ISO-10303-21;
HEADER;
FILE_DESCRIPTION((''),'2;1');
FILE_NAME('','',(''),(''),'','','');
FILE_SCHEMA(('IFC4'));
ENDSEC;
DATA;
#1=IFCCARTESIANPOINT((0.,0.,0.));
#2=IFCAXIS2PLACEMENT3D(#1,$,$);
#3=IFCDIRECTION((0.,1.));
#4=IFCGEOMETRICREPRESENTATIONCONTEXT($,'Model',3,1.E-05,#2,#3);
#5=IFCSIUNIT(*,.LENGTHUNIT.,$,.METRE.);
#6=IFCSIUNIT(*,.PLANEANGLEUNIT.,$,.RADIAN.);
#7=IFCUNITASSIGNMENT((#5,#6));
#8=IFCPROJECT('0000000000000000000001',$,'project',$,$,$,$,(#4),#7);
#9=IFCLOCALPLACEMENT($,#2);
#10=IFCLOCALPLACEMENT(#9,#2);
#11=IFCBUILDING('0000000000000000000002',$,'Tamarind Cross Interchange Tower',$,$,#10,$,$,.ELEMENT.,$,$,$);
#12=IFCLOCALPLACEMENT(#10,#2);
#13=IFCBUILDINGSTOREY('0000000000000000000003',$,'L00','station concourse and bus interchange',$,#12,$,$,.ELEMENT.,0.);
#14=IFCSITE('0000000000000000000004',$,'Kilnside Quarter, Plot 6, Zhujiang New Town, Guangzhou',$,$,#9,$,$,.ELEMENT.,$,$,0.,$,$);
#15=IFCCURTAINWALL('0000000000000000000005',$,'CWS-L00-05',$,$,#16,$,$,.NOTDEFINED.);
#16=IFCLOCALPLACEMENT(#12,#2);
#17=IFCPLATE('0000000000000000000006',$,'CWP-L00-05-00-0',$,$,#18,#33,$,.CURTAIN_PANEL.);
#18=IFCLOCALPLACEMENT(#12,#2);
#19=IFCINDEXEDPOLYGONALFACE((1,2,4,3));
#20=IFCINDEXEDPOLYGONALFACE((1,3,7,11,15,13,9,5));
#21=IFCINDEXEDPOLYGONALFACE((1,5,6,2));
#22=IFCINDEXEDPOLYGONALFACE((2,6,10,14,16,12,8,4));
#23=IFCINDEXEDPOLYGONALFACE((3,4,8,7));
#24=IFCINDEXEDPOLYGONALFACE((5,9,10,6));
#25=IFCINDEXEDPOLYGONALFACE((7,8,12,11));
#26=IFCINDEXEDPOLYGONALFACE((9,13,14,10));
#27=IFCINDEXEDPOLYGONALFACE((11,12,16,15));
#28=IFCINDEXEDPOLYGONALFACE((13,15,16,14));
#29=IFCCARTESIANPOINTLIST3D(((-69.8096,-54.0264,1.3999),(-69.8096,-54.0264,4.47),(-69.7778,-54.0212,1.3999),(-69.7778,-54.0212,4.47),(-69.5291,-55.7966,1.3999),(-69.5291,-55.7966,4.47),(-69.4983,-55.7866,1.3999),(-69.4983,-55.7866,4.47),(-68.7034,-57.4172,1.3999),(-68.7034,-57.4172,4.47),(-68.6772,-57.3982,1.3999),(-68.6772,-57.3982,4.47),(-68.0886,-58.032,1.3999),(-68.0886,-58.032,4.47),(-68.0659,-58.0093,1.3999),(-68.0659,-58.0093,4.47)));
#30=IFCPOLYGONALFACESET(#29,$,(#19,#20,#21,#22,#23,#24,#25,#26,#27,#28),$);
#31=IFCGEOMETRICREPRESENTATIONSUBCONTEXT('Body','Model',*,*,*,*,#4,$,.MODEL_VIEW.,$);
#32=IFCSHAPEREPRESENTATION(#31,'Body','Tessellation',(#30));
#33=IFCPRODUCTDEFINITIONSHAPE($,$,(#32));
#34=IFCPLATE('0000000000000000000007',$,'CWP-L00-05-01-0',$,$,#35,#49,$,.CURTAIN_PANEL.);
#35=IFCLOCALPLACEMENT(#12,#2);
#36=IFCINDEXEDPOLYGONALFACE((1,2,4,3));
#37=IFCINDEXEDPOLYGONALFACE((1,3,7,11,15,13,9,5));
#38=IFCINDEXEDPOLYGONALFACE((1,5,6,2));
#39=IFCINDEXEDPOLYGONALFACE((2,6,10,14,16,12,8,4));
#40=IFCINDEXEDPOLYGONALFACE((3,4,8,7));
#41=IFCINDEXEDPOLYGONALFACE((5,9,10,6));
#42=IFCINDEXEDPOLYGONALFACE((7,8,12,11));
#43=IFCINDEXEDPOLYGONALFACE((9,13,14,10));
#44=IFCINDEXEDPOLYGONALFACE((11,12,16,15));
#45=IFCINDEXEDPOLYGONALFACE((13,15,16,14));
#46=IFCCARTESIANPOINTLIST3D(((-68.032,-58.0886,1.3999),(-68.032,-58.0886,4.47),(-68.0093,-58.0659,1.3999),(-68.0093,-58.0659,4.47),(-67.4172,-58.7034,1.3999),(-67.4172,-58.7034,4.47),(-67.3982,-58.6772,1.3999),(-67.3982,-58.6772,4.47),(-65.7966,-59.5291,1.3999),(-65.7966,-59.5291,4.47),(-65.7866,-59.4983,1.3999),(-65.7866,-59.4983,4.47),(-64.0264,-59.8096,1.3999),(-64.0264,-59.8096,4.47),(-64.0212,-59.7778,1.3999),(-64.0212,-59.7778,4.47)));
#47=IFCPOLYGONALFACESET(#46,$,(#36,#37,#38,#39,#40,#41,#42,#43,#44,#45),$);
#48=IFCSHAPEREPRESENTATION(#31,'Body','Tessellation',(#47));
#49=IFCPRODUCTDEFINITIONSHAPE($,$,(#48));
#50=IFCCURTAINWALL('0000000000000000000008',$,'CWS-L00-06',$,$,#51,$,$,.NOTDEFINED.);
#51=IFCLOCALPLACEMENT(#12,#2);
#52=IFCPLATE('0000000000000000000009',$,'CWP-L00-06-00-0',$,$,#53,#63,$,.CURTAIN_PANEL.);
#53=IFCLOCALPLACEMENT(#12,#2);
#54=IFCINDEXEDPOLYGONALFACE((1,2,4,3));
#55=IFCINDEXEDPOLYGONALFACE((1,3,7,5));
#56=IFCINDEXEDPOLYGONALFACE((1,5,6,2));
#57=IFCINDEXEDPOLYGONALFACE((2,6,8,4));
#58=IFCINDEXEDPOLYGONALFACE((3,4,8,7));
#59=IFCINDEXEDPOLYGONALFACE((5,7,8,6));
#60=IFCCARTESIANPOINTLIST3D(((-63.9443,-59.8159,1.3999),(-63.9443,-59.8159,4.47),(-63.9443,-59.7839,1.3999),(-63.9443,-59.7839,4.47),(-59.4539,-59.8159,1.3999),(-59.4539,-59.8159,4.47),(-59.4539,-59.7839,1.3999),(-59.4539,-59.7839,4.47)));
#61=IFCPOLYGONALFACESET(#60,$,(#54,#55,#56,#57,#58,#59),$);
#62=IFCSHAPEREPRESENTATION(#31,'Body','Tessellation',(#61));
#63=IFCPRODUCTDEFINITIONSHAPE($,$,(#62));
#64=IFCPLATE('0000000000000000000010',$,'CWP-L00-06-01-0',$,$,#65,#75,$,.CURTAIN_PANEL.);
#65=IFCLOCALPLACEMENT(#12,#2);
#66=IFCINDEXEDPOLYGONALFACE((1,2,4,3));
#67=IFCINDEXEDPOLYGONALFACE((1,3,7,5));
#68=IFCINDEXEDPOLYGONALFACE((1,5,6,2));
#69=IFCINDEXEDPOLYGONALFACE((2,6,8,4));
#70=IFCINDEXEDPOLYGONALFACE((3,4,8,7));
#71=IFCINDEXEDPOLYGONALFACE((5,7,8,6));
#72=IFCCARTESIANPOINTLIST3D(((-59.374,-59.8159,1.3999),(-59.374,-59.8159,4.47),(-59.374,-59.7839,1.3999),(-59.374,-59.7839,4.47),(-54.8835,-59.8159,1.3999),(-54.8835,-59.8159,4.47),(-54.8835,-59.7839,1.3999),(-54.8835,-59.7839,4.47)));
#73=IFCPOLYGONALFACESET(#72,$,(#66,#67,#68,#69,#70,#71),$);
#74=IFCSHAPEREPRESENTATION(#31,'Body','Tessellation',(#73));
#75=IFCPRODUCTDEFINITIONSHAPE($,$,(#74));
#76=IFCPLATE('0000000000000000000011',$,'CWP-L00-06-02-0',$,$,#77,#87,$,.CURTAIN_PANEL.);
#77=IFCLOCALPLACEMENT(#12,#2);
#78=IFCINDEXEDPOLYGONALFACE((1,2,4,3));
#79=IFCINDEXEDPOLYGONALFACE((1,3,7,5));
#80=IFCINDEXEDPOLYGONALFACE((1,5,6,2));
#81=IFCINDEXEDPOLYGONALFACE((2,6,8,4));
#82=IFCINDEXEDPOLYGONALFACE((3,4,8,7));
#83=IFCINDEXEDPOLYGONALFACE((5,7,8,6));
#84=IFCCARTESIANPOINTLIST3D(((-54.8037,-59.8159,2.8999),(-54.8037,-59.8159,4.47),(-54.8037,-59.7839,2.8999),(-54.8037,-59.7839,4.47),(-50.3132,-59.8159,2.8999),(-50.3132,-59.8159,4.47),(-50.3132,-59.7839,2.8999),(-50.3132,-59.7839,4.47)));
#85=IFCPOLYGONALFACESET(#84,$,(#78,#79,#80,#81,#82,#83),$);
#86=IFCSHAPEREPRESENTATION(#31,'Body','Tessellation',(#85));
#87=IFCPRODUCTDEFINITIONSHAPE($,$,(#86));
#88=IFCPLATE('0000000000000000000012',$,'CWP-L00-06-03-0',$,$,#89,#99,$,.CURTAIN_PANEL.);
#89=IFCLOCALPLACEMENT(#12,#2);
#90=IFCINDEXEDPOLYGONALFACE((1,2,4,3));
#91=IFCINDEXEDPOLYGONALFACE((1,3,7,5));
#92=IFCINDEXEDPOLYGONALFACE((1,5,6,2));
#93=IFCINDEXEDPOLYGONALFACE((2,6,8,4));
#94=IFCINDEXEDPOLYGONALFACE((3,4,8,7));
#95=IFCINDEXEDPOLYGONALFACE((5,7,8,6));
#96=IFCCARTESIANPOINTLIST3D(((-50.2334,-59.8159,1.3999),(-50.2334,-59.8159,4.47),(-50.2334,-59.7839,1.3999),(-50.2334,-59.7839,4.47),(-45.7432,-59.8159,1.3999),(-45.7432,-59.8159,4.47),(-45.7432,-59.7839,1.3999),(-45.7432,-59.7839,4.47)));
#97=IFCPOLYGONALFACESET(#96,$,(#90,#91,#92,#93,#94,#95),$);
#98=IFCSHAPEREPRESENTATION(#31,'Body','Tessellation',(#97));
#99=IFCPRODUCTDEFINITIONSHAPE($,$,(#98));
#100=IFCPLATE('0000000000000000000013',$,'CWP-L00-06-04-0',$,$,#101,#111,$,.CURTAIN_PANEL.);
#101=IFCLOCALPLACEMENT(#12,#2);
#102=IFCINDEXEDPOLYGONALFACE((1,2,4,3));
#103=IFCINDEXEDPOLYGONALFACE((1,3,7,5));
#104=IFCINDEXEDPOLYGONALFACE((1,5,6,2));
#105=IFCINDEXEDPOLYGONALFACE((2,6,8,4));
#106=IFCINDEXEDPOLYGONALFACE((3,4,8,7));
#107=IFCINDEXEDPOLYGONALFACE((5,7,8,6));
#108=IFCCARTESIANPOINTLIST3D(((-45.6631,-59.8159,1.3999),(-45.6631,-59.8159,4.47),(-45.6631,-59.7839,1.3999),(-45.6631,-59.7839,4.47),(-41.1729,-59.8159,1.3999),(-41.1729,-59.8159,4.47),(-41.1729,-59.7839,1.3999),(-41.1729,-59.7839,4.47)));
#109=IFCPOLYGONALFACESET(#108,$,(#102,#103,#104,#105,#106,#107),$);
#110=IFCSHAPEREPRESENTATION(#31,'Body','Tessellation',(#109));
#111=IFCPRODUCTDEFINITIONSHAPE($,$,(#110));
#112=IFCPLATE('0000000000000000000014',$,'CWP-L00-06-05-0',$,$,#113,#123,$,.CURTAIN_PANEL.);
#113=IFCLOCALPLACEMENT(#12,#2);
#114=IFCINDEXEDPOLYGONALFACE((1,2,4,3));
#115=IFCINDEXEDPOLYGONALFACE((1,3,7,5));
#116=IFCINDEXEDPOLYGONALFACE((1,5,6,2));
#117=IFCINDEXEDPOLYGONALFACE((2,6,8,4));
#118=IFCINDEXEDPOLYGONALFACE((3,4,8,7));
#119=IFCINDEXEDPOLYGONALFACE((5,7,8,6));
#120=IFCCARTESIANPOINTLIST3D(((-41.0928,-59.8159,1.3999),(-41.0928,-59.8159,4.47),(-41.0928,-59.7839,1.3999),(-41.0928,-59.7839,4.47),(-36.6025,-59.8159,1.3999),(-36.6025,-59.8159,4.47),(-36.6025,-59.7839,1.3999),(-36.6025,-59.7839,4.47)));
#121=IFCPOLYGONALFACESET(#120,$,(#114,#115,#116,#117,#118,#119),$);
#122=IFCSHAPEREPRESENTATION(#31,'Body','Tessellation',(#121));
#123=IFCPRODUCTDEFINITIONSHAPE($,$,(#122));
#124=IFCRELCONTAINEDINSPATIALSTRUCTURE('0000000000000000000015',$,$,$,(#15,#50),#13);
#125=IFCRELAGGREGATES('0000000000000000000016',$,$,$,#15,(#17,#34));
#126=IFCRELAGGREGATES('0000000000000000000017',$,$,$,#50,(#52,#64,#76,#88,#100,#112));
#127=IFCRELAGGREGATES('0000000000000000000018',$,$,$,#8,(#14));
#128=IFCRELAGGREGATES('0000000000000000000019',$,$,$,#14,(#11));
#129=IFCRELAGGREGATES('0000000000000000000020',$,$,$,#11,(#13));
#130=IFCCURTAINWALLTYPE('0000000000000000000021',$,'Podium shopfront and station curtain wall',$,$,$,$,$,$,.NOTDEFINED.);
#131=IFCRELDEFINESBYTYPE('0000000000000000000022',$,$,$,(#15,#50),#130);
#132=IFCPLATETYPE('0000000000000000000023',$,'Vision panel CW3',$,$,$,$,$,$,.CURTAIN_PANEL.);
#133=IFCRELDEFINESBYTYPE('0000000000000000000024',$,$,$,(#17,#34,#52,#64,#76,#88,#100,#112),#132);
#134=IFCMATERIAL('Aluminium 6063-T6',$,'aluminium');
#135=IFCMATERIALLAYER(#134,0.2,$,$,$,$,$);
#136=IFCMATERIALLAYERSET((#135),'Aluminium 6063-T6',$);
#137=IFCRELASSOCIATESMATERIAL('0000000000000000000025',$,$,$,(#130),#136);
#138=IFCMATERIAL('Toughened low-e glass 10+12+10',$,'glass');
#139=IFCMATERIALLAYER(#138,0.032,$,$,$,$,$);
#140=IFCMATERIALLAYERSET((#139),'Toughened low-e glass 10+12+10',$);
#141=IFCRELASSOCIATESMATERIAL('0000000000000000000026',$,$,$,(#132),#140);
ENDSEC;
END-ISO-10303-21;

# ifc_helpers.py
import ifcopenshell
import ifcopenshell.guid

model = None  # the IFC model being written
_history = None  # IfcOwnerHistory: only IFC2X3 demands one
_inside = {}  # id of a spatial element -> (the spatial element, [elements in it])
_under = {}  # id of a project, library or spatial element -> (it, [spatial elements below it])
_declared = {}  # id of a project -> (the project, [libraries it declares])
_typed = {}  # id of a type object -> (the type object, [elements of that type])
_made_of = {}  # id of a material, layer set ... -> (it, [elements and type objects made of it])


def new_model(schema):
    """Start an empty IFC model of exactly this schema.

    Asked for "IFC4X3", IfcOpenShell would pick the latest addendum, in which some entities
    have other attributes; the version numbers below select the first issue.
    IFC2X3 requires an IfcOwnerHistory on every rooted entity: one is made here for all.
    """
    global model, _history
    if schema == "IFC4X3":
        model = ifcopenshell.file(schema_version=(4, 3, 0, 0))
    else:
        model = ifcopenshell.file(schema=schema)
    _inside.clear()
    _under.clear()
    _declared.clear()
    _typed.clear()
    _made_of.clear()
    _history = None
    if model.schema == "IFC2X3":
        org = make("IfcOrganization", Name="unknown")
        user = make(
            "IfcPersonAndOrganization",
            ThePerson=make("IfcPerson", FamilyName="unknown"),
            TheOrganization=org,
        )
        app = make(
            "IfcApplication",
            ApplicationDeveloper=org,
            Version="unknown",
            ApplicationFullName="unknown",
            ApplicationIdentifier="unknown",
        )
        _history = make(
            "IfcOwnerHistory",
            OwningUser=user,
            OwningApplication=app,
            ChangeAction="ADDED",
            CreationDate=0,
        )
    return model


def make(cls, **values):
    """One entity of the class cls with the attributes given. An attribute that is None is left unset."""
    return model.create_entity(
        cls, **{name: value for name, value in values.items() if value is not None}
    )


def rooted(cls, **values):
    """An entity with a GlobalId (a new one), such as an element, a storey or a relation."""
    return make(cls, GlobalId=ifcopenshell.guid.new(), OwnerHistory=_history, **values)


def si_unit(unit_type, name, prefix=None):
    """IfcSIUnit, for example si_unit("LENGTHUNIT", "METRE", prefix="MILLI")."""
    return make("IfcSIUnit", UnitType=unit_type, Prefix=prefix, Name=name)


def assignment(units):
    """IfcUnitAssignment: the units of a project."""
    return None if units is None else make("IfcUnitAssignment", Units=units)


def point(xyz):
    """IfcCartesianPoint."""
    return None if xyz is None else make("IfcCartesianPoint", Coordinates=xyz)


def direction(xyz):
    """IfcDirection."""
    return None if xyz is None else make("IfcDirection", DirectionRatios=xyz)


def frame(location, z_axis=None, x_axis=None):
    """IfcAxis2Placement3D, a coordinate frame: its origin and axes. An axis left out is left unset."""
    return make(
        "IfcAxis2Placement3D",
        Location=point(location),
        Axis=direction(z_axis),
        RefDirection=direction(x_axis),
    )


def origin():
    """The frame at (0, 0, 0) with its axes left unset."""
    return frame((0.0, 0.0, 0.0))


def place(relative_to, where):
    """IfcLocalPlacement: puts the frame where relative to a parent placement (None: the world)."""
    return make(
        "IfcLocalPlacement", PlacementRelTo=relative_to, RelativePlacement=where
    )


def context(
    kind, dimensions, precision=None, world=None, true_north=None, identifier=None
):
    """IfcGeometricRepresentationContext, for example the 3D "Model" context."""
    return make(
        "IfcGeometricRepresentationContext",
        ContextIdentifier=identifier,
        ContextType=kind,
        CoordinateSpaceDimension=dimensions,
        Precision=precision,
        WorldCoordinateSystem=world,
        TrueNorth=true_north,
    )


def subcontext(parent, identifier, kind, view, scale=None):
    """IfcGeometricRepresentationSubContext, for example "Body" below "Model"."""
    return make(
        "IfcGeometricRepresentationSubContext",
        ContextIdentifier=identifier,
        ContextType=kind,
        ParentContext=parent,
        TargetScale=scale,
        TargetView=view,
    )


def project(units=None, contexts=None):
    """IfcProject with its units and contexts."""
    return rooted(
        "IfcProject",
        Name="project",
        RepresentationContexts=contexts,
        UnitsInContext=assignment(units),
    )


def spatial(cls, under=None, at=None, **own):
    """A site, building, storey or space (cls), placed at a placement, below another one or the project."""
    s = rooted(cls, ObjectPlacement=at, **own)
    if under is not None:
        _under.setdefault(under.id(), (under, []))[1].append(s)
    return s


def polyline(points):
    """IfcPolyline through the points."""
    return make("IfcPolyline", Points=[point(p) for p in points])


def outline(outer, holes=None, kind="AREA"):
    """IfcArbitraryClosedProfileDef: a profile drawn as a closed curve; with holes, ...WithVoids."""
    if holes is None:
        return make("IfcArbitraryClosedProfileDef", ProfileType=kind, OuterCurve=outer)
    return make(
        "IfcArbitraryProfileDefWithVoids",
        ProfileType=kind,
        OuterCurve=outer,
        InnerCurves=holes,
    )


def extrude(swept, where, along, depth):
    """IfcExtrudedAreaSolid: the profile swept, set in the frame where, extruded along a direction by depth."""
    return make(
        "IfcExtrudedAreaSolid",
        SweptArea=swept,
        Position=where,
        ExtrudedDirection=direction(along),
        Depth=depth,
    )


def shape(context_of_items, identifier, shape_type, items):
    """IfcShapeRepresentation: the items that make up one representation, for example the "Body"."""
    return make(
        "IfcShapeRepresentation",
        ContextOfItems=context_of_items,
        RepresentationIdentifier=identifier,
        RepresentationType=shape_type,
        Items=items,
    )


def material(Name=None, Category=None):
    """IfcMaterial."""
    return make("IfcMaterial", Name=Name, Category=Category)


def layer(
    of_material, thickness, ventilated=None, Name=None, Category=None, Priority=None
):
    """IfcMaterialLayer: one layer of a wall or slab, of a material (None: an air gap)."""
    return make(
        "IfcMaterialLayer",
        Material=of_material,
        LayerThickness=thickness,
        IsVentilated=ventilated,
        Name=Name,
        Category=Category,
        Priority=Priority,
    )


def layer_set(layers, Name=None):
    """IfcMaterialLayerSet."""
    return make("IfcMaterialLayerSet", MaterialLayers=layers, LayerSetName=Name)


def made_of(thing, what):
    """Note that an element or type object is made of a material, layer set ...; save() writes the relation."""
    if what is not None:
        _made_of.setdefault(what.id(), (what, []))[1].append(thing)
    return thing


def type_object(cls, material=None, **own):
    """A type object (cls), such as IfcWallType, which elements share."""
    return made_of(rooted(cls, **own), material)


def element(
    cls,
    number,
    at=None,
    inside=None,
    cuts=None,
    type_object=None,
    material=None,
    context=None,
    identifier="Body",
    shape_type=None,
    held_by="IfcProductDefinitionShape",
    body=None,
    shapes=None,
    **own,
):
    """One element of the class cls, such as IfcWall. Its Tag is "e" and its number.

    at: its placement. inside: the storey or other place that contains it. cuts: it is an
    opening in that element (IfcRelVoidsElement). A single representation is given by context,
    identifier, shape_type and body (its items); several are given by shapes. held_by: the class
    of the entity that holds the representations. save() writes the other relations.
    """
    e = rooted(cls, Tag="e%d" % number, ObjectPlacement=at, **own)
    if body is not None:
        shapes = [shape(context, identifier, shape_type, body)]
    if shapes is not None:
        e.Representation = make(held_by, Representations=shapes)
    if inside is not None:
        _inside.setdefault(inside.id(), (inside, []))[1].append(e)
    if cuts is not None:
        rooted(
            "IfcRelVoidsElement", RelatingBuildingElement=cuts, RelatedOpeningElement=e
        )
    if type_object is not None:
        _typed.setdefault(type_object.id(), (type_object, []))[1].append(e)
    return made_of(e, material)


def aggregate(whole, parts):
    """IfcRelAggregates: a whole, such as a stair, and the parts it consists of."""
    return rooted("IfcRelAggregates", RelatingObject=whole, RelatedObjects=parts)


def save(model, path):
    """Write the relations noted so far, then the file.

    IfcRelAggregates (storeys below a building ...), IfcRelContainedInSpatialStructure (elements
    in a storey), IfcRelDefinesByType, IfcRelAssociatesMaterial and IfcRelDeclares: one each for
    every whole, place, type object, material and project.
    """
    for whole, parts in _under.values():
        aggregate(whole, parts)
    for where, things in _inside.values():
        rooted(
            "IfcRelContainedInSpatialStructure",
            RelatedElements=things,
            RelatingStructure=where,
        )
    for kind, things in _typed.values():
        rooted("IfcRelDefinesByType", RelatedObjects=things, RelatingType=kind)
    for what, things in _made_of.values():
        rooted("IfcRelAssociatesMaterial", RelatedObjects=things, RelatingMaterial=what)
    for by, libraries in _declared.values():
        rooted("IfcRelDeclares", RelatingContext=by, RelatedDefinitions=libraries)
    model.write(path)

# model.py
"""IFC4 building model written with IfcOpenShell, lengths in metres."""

from ifc_helpers import new_model, si_unit, direction, frame, origin, place, context, subcontext, project, spatial, polyline, outline, extrude, material, layer, layer_set, type_object, element, aggregate, save


model = new_model("IFC4")

# Units and contexts
model_context = context("Model", 3, precision=1e-05, world=origin(), true_north=direction((0.0, 1.0)))
body_context = subcontext(model_context, "Body", "Model", "MODEL_VIEW")
ifc_project = project(units=[si_unit("LENGTHUNIT", "METRE"), si_unit("PLANEANGLEUNIT", "RADIAN")], contexts=[model_context])

# Site, building, storey
site_placement = place(None, origin())
site = spatial("IfcSite", under=ifc_project, at=site_placement, Name="Kilnside Quarter, Plot 6, Zhujiang New Town, Guangzhou", CompositionType="ELEMENT", RefElevation=0.0)
building_placement = place(site_placement, origin())
building = spatial("IfcBuilding", under=site, at=building_placement, Name="Tamarind Cross Interchange Tower", CompositionType="ELEMENT")
storey_placement = place(building_placement, origin())
storey = spatial("IfcBuildingStorey", under=building, at=storey_placement, Name="L00", Description="station concourse and bus interchange", CompositionType="ELEMENT", Elevation=0.0)

# Shared definitions
ifc_material_1 = material(Name="Aluminium 6063-T6", Category="aluminium")
ifc_layer_1 = layer(ifc_material_1, 0.2)
ifc_layer_set_1 = layer_set([ifc_layer_1], Name="Aluminium 6063-T6")
curtain_wall_type = type_object("IfcCurtainWallType", Name="Podium shopfront and station curtain wall", PredefinedType="NOTDEFINED", material=ifc_layer_set_1)

# Curtain wall
curtain_wall_1_placement = place(storey_placement, origin())
curtain_wall_1 = element("IfcCurtainWall", 1, at=curtain_wall_1_placement, inside=storey, type_object=curtain_wall_type, Name="CWS-L00-05", PredefinedType="NOTDEFINED")

# Plates
ifc_material_2 = material(Name="Toughened low-e glass 10+12+10", Category="glass")
ifc_layer_2 = layer(ifc_material_2, 0.032)
ifc_layer_set_2 = layer_set([ifc_layer_2], Name="Toughened low-e glass 10+12+10")
plate_type = type_object("IfcPlateType", Name="Vision panel CW3", PredefinedType="CURTAIN_PANEL", material=ifc_layer_set_2)
plate_1_placement = place(storey_placement, frame((0.0, 0.0, 1.3999)))
plate_1 = element("IfcPlate", 2, at=plate_1_placement, type_object=plate_type, Name="CWP-L00-05-00-0", PredefinedType="CURTAIN_PANEL", context=body_context, shape_type="SweptSolid", body=[
    extrude(outline(polyline([(-69.7778, -54.0212), (-69.4983, -55.7866), (-68.6772, -57.3982), (-68.0659, -58.0093), (-68.0886, -58.032), (-68.7034, -57.4172), (-69.5291, -55.7966), (-69.8096, -54.0264), (-69.7778, -54.0212)])), origin(), (0.0, 0.0, 1.0), 3.0701),
])
plate_2_placement = place(storey_placement, frame((0.0, 0.0, 1.3999)))
plate_2 = element("IfcPlate", 3, at=plate_2_placement, type_object=plate_type, Name="CWP-L00-05-01-0", PredefinedType="CURTAIN_PANEL", context=body_context, shape_type="SweptSolid", body=[
    extrude(outline(polyline([(-68.0093, -58.0659), (-67.3982, -58.6772), (-65.7866, -59.4983), (-64.0212, -59.7778), (-64.0264, -59.8096), (-65.7966, -59.5291), (-67.4172, -58.7034), (-68.032, -58.0886), (-68.0093, -58.0659)])), origin(), (0.0, 0.0, 1.0), 3.0701),
])
aggregate(curtain_wall_1, [plate_1, plate_2])

# Curtain wall, plates
curtain_wall_2_placement = place(storey_placement, origin())
curtain_wall_2 = element("IfcCurtainWall", 4, at=curtain_wall_2_placement, inside=storey, type_object=curtain_wall_type, Name="CWS-L00-06", PredefinedType="NOTDEFINED")
plate_3_placement = place(storey_placement, frame((0.0, 0.0, 1.3999)))
plate_3 = element("IfcPlate", 5, at=plate_3_placement, type_object=plate_type, Name="CWP-L00-06-00-0", PredefinedType="CURTAIN_PANEL", context=body_context, shape_type="SweptSolid", body=[
    extrude(outline(polyline([(-63.9443, -59.7839), (-59.4539, -59.7839), (-59.4539, -59.8159), (-63.9443, -59.8159), (-63.9443, -59.7839)])), origin(), (0.0, 0.0, 1.0), 3.0701),
])
plate_4_placement = place(storey_placement, frame((0.0, 0.0, 1.3999)))
plate_4 = element("IfcPlate", 6, at=plate_4_placement, type_object=plate_type, Name="CWP-L00-06-01-0", PredefinedType="CURTAIN_PANEL", context=body_context, shape_type="SweptSolid", body=[
    extrude(outline(polyline([(-59.374, -59.7839), (-54.8835, -59.7839), (-54.8835, -59.8159), (-59.374, -59.8159), (-59.374, -59.7839)])), origin(), (0.0, 0.0, 1.0), 3.0701),
])
plate_5_placement = place(storey_placement, frame((0.0, 0.0, 2.8999)))
plate_5 = element("IfcPlate", 7, at=plate_5_placement, type_object=plate_type, Name="CWP-L00-06-02-0", PredefinedType="CURTAIN_PANEL", context=body_context, shape_type="SweptSolid", body=[
    extrude(outline(polyline([(-54.8037, -59.7839), (-50.3132, -59.7839), (-50.3132, -59.8159), (-54.8037, -59.8159), (-54.8037, -59.7839)])), origin(), (0.0, 0.0, 1.0), 1.5701),
])
plate_6_placement = place(storey_placement, frame((0.0, 0.0, 1.3999)))
plate_6 = element("IfcPlate", 8, at=plate_6_placement, type_object=plate_type, Name="CWP-L00-06-03-0", PredefinedType="CURTAIN_PANEL", context=body_context, shape_type="SweptSolid", body=[
    extrude(outline(polyline([(-50.2334, -59.7839), (-45.7432, -59.7839), (-45.7432, -59.8159), (-50.2334, -59.8159), (-50.2334, -59.7839)])), origin(), (0.0, 0.0, 1.0), 3.0701),
])
plate_7_placement = place(storey_placement, frame((0.0, 0.0, 1.3999)))
plate_7 = element("IfcPlate", 9, at=plate_7_placement, type_object=plate_type, Name="CWP-L00-06-04-0", PredefinedType="CURTAIN_PANEL", context=body_context, shape_type="SweptSolid", body=[
    extrude(outline(polyline([(-45.6631, -59.7839), (-41.1729, -59.7839), (-41.1729, -59.8159), (-45.6631, -59.8159), (-45.6631, -59.7839)])), origin(), (0.0, 0.0, 1.0), 3.0701),
])
plate_8_placement = place(storey_placement, frame((0.0, 0.0, 1.3999)))
plate_8 = element("IfcPlate", 10, at=plate_8_placement, type_object=plate_type, Name="CWP-L00-06-05-0", PredefinedType="CURTAIN_PANEL", context=body_context, shape_type="SweptSolid", body=[
    extrude(outline(polyline([(-41.0928, -59.7839), (-36.6025, -59.7839), (-36.6025, -59.8159), (-41.0928, -59.8159), (-41.0928, -59.7839)])), origin(), (0.0, 0.0, 1.0), 3.0701),
])
aggregate(curtain_wall_2, [plate_3, plate_4, plate_5, plate_6, plate_7, plate_8])

save(model, "model.ifc")
